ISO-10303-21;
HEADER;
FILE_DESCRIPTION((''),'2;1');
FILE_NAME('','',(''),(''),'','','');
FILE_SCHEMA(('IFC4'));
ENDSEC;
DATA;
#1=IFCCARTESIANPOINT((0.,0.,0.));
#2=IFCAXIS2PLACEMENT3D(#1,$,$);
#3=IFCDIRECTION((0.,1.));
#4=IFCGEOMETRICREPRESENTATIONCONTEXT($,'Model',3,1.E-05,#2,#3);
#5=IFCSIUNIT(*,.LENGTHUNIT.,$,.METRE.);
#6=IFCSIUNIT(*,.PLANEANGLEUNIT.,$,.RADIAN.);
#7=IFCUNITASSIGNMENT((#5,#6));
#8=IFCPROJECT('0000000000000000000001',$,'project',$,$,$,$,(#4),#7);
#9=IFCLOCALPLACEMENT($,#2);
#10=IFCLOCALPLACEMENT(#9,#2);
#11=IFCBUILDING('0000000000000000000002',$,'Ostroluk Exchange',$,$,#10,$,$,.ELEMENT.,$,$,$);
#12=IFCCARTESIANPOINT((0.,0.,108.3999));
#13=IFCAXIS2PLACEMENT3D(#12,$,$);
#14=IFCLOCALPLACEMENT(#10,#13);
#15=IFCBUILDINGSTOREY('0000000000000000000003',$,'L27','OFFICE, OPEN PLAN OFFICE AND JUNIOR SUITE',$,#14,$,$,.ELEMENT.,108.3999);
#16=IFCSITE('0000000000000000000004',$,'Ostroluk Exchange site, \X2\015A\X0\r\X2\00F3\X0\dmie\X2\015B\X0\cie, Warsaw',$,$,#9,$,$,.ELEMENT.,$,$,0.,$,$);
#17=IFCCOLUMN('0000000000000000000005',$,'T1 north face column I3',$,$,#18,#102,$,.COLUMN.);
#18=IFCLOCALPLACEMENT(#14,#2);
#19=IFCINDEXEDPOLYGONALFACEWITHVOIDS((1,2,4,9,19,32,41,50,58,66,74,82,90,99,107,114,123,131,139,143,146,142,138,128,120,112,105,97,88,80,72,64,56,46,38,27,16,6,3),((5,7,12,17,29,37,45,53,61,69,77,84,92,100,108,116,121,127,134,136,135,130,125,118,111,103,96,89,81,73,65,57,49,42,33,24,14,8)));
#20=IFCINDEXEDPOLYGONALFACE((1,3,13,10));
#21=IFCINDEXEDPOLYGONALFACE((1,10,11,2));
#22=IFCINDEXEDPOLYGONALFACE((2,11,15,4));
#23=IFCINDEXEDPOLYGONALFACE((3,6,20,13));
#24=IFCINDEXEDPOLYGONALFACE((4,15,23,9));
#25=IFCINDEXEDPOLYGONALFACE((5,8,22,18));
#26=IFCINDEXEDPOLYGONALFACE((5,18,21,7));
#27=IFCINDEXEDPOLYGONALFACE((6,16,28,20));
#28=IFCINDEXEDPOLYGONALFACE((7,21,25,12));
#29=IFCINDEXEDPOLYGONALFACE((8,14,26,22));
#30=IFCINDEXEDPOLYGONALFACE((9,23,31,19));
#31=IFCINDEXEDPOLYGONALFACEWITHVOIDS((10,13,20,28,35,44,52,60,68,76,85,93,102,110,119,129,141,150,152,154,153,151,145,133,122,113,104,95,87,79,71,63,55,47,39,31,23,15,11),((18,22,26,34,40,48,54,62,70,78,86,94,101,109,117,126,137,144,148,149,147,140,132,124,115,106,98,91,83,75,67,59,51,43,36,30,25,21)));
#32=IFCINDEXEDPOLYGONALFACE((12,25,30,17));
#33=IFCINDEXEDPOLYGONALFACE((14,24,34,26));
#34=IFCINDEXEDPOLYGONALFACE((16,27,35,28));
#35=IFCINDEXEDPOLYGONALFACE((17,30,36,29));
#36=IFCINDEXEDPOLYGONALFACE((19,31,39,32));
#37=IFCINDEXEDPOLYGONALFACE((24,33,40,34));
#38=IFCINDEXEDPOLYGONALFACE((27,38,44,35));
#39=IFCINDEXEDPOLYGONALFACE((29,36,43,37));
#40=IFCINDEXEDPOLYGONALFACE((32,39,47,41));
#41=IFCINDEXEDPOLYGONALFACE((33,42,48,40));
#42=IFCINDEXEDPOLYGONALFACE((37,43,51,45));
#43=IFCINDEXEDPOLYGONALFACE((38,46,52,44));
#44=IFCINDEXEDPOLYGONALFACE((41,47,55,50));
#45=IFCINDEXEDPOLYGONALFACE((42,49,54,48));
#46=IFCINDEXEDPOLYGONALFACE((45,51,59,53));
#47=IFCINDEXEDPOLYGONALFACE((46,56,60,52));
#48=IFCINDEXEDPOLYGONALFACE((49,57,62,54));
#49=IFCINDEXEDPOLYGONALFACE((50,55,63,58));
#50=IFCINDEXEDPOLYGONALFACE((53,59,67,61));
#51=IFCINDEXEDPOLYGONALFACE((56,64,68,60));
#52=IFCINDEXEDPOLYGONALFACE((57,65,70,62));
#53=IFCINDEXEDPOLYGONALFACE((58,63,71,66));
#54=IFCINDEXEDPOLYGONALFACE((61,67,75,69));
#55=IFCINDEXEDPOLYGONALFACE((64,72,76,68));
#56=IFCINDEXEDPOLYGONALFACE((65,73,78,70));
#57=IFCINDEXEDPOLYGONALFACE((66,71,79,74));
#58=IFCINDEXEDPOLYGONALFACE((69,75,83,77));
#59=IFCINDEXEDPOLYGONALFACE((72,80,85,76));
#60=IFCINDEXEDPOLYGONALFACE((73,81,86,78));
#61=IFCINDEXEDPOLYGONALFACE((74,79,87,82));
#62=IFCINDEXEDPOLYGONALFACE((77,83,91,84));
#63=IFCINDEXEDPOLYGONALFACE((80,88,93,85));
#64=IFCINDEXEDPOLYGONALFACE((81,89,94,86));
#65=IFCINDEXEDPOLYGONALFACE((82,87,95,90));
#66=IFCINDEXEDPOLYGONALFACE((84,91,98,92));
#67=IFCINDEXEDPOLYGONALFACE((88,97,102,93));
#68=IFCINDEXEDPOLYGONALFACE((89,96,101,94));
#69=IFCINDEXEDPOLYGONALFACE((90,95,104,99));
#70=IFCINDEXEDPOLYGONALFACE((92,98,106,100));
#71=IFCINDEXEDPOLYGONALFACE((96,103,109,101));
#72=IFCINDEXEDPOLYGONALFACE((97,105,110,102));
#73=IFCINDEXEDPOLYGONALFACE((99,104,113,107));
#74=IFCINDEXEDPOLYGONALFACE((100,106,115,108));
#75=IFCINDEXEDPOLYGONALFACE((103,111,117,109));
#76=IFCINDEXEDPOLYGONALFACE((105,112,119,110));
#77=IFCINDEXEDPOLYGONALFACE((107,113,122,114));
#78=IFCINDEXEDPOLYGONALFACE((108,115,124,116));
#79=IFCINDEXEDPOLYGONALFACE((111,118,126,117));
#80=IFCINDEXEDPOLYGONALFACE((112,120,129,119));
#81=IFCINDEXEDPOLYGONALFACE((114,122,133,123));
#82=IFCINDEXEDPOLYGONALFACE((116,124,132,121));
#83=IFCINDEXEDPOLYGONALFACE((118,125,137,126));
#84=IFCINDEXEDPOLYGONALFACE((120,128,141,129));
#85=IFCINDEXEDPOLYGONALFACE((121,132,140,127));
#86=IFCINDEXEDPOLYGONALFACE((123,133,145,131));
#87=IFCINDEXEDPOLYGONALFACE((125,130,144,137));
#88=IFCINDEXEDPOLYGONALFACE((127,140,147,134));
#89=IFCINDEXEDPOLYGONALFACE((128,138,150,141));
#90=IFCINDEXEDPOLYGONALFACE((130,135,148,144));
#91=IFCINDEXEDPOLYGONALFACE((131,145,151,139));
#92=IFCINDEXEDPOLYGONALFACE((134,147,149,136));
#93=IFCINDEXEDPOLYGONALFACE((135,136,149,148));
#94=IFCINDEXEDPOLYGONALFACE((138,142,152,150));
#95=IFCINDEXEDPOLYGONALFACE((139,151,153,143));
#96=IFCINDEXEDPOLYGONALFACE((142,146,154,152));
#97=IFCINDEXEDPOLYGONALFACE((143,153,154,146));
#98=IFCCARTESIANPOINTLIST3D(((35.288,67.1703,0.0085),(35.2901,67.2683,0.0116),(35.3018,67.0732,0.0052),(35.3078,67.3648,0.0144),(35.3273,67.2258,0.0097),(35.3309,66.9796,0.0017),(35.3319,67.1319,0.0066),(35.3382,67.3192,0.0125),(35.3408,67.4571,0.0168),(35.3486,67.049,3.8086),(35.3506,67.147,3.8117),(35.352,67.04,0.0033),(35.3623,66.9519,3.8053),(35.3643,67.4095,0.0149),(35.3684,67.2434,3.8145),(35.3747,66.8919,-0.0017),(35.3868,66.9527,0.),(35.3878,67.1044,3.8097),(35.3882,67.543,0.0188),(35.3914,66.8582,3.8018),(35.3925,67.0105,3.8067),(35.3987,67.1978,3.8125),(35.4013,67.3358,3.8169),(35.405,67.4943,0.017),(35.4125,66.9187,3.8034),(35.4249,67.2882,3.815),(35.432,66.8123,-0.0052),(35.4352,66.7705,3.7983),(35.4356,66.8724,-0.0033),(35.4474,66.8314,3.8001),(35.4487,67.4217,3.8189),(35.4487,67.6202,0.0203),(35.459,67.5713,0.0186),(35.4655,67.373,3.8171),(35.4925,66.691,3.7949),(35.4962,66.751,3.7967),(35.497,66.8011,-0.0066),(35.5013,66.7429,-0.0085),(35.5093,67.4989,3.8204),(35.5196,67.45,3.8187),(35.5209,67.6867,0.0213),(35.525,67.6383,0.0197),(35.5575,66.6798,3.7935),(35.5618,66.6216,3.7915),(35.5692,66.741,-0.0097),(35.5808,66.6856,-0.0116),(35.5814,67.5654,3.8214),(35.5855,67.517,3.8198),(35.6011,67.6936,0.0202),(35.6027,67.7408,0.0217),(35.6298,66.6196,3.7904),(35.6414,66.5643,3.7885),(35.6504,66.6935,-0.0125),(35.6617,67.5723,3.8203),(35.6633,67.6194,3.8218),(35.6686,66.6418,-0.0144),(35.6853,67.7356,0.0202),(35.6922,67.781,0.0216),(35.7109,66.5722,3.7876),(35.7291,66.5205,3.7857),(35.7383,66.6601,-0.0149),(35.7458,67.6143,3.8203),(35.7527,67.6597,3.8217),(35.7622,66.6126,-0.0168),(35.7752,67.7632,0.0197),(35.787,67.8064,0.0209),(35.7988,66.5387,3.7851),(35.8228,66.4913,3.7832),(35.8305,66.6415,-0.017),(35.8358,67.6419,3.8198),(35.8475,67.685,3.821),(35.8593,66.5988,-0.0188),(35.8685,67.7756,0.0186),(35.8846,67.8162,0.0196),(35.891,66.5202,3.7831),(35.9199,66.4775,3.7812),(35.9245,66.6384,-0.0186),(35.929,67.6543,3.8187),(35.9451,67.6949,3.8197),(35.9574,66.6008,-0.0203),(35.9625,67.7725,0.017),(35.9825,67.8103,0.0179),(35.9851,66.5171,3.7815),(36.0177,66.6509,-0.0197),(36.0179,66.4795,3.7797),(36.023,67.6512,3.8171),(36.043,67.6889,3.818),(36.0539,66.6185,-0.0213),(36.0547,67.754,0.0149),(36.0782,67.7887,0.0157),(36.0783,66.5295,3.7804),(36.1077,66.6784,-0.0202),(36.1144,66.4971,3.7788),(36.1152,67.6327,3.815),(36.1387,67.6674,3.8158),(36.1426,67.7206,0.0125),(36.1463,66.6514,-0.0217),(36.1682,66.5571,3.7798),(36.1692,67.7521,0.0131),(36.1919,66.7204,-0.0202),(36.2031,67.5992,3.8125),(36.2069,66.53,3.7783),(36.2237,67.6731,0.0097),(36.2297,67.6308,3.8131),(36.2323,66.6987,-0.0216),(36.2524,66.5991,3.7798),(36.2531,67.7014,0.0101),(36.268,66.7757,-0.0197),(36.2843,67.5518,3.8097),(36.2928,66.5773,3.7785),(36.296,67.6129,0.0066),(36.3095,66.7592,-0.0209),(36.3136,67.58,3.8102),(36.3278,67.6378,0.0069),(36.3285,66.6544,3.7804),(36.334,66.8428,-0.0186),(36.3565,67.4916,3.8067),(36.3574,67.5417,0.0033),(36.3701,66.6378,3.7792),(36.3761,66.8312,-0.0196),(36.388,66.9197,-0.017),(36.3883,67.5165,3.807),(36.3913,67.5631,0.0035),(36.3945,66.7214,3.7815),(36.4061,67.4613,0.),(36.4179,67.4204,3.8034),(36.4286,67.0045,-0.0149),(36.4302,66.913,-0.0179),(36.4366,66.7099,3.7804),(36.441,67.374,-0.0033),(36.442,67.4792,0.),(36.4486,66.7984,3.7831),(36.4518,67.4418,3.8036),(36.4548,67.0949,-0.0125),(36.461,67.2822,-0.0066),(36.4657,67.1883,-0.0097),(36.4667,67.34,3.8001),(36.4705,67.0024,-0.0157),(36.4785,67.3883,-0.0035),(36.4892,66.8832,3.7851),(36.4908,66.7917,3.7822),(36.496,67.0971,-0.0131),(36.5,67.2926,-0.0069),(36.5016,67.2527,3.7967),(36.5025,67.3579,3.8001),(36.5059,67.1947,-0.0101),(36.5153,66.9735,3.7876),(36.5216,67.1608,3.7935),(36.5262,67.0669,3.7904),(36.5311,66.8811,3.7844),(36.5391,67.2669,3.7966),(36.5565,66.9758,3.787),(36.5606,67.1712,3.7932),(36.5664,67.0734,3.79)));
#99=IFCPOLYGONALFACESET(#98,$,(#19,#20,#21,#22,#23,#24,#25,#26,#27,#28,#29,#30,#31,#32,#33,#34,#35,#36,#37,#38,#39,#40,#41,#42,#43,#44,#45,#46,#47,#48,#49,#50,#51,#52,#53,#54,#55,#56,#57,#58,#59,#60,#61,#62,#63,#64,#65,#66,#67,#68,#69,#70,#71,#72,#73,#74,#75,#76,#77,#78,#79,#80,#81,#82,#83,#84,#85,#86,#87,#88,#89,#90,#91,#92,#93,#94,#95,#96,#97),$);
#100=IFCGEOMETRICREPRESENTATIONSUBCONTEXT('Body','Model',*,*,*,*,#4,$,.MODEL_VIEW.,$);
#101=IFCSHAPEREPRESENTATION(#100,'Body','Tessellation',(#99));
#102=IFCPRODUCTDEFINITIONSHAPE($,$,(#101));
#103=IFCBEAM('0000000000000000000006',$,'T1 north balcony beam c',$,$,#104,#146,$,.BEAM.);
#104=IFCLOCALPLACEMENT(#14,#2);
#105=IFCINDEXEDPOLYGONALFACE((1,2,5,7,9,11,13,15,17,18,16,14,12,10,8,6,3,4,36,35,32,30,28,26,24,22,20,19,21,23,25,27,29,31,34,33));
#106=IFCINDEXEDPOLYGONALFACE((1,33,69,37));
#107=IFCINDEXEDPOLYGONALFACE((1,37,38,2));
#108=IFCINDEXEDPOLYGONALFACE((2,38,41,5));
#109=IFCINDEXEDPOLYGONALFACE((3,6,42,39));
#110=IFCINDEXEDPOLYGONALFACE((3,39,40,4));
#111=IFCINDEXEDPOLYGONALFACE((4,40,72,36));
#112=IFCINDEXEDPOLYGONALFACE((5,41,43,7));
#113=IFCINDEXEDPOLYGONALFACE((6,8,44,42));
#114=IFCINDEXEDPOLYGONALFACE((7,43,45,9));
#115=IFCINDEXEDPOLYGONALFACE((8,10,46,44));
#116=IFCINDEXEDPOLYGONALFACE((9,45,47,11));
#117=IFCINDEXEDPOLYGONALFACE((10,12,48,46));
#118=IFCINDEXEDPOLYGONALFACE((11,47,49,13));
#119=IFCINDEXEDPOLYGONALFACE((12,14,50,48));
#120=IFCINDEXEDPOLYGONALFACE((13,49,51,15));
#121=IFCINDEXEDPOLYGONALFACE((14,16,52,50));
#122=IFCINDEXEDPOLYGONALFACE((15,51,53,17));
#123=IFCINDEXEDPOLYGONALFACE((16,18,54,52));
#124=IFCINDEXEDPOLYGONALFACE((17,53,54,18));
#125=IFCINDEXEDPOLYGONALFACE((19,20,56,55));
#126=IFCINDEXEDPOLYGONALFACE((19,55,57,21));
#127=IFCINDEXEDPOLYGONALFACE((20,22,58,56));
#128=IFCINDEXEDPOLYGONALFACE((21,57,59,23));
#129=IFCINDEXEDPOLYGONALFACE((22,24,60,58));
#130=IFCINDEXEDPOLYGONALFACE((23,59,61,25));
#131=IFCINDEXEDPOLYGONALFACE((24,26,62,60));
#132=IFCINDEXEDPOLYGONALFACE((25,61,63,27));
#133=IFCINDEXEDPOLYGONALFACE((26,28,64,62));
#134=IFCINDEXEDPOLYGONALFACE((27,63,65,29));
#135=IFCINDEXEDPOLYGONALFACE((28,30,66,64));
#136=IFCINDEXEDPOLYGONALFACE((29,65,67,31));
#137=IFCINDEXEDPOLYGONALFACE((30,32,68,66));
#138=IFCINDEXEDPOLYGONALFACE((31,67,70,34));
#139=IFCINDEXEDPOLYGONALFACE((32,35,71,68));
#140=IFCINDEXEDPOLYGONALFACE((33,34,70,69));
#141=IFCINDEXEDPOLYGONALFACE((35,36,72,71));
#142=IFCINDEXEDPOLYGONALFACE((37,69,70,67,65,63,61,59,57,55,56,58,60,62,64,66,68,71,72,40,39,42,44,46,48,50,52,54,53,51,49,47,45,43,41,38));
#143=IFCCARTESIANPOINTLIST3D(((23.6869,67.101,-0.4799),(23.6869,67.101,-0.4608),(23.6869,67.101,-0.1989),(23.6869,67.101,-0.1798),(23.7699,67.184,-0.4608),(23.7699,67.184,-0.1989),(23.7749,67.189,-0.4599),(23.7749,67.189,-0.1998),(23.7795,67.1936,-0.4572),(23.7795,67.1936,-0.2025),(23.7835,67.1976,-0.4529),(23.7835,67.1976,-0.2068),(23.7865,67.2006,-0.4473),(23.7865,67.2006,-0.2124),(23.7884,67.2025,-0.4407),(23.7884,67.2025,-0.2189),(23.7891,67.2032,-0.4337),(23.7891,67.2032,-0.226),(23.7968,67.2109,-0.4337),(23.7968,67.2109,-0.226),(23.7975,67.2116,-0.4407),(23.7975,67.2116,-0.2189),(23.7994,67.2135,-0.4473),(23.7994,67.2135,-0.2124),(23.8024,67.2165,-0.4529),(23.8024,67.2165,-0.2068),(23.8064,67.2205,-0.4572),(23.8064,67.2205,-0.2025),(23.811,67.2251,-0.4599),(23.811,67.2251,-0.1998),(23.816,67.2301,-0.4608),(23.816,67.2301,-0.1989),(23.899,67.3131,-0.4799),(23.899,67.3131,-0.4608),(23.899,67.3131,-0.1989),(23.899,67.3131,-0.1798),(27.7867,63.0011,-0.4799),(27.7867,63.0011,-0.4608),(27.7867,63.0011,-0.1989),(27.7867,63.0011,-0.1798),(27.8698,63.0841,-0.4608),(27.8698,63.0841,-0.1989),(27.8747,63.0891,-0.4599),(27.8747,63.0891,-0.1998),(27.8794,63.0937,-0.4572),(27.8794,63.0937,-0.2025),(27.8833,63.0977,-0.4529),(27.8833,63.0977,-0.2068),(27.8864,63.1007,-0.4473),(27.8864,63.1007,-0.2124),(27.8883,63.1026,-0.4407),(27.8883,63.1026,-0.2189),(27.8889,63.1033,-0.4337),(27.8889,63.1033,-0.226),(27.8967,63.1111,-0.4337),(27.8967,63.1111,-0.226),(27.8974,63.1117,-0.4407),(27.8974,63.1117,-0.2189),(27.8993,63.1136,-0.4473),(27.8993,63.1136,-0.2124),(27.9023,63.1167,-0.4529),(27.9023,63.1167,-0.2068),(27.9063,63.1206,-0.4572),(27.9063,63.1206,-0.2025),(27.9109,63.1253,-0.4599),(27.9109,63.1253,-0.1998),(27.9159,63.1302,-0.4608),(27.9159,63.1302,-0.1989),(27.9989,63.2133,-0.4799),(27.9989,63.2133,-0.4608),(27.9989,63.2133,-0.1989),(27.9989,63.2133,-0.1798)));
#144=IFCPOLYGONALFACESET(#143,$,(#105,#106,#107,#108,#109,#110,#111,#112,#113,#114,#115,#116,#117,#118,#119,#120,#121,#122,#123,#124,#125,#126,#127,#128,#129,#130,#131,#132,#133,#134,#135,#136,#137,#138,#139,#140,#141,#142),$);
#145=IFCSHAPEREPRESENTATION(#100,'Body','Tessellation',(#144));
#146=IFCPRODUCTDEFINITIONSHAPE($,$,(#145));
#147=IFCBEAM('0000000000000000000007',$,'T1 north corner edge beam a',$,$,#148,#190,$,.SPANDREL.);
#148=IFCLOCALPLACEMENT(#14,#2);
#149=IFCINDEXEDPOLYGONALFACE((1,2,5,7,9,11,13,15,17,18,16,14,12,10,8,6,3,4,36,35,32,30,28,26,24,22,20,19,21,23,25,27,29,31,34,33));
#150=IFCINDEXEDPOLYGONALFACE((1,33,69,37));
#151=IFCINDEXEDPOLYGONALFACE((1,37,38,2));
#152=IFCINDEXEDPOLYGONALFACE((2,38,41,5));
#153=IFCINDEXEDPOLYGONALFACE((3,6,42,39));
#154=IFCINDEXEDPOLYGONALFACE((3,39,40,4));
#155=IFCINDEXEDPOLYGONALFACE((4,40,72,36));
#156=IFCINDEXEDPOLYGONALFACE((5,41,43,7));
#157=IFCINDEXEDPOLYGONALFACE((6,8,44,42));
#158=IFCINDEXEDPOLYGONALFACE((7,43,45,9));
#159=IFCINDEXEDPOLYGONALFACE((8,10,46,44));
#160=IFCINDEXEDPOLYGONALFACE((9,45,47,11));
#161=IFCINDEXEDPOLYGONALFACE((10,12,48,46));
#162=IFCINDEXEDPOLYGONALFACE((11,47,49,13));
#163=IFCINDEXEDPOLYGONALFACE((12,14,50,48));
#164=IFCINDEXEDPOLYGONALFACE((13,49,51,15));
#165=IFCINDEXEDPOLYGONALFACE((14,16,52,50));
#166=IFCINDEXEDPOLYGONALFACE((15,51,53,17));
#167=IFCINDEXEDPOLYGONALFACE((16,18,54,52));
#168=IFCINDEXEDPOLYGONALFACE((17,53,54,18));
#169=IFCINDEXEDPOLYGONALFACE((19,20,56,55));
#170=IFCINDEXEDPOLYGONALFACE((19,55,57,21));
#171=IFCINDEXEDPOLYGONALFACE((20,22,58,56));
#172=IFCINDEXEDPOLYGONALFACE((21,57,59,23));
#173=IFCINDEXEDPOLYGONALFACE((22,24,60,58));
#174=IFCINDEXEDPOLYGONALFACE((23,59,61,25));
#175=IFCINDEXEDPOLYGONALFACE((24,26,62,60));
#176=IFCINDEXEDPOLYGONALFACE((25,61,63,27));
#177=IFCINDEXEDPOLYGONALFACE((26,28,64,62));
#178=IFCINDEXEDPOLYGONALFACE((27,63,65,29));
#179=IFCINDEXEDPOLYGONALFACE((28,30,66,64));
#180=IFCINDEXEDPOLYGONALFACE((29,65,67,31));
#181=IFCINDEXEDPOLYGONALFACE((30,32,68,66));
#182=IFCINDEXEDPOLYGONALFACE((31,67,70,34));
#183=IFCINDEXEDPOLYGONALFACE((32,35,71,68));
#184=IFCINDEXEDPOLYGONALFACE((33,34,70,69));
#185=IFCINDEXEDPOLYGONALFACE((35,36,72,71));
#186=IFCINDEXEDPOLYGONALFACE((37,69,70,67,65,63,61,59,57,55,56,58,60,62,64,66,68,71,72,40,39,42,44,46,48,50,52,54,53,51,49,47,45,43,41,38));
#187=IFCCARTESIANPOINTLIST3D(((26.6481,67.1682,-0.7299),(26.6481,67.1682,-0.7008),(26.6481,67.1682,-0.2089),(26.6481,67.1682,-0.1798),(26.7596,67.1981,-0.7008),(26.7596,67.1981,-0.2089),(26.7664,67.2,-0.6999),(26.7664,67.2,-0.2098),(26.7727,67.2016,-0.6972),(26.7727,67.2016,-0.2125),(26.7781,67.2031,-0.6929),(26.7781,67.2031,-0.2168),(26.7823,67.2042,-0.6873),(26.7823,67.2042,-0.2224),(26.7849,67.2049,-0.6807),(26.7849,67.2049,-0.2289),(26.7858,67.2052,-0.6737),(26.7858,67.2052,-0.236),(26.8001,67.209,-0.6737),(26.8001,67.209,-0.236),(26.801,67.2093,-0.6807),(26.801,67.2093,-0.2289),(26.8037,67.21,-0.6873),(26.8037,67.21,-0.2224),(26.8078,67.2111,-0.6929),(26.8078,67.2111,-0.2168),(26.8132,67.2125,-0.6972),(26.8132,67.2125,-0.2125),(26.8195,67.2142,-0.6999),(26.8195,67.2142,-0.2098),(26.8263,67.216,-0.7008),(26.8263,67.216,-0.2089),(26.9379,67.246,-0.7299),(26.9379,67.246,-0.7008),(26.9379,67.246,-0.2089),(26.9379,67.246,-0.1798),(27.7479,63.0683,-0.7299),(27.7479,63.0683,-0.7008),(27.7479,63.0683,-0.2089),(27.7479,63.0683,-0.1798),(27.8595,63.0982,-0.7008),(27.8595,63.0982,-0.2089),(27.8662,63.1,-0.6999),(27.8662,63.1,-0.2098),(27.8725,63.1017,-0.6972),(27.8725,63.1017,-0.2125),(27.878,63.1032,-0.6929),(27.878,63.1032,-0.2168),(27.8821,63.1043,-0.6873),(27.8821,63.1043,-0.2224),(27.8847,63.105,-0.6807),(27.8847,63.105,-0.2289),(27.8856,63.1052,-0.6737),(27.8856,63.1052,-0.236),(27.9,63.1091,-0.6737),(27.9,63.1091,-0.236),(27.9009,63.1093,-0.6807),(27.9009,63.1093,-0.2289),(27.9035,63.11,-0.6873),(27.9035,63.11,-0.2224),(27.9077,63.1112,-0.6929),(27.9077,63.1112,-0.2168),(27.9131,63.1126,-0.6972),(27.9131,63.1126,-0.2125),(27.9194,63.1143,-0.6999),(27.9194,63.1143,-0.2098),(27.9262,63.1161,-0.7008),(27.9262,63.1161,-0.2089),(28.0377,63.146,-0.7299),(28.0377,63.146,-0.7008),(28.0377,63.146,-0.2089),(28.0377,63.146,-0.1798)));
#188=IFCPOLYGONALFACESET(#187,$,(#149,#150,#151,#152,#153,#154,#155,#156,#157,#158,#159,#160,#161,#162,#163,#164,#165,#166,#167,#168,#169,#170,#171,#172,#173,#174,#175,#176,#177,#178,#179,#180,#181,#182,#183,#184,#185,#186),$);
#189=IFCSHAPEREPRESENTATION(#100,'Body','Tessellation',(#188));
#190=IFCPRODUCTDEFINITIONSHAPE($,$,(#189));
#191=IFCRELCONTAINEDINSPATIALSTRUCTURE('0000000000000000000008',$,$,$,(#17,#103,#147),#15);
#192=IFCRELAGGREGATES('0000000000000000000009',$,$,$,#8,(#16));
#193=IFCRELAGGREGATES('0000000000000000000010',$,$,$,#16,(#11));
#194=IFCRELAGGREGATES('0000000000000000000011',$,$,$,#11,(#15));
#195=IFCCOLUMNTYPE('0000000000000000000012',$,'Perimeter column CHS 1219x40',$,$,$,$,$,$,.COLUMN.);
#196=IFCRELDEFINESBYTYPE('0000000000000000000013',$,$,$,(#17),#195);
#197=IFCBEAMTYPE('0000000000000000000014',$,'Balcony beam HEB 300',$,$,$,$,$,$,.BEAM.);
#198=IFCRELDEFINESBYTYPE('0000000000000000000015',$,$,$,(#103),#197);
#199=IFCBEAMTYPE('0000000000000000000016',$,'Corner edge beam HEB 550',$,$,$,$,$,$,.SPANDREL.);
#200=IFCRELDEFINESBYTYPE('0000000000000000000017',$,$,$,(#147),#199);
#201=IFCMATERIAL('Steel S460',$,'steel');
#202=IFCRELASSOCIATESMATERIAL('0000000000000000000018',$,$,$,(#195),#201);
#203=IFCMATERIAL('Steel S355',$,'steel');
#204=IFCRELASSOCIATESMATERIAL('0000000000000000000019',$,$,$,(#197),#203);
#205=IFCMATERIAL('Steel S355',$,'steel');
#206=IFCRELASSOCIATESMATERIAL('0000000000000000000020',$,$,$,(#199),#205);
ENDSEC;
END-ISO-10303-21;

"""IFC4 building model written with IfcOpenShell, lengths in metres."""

from ifc_helpers import new_model, si_unit, direction, frame, origin, origin_2d, place, context, subcontext, project, spatial, hollow_circle, i_section, extrude, material, material_profile, profile_set, type_object, element, save


model = new_model("IFC4")

# Units and contexts
model_context = context("Model", 3, precision=1e-05, world=origin(), true_north=direction((0.0, 1.0)))
body_context = subcontext(model_context, "Body", "Model", "MODEL_VIEW")
ifc_project = project(units=[si_unit("LENGTHUNIT", "METRE"), si_unit("PLANEANGLEUNIT", "RADIAN")], contexts=[model_context])

# Site, building, storey
site_placement = place(None, origin())
site = spatial("IfcSite", under=ifc_project, at=site_placement, Name="Ostroluk Exchange site, Śródmieście, Warsaw", CompositionType="ELEMENT", RefElevation=0.0)
building_placement = place(site_placement, origin())
building = spatial("IfcBuilding", under=site, at=building_placement, Name="Ostroluk Exchange", CompositionType="ELEMENT")
storey_placement = place(building_placement, frame((0.0, 0.0, 108.3999)))
storey = spatial("IfcBuildingStorey", under=building, at=storey_placement, Name="L27", Description="OFFICE, OPEN PLAN OFFICE AND JUNIOR SUITE", CompositionType="ELEMENT", Elevation=108.3999)

# Column
ifc_material_1 = material(Name="Steel S460", Category="steel")
ifc_material_profile_1 = material_profile(ifc_material_1, hollow_circle(Radius=0.6096, WallThickness=0.04, at=origin_2d()), Name="CHS 1219x40")
ifc_profile_set_1 = profile_set([ifc_material_profile_1], Name="Steel S460")
column_type = type_object("IfcColumnType", Name="Perimeter column CHS 1219x40", PredefinedType="COLUMN", material=ifc_profile_set_1)
column_placement = place(storey_placement, frame((35.8965, 67.207, 0.0), z_axis=(0.015923, -0.03191, 0.999364), x_axis=(0.894787, 0.446493, 0.0)))
element("IfcColumn", 1, at=column_placement, inside=storey, type_object=column_type, Name="T1 north face column I3", PredefinedType="COLUMN", context=body_context, shape_type="SweptSolid", body=[
    extrude(hollow_circle(Radius=0.6096, WallThickness=0.04, at=origin_2d()), origin(), (0.0, 0.0, 1.0), 3.8025),
])

# Beams
ifc_material_2 = material(Name="Steel S355", Category="steel")
ifc_material_profile_2 = material_profile(ifc_material_2, i_section(OverallWidth=0.3, OverallDepth=0.3, WebThickness=0.011, FlangeThickness=0.019, FilletRadius=0.0271, at=origin_2d()), Name="HEB 300")
ifc_profile_set_2 = profile_set([ifc_material_profile_2], Name="Steel S355")
beam_type_1 = type_object("IfcBeamType", Name="Balcony beam HEB 300", PredefinedType="BEAM", material=ifc_profile_set_2)
beam_1_placement = place(storey_placement, frame((27.8928, 63.1072, -0.3298), z_axis=(-0.707107, 0.707107, 0.0), x_axis=(-0.707107, -0.707107, 0.0)))
element("IfcBeam", 2, at=beam_1_placement, inside=storey, type_object=beam_type_1, Name="T1 north balcony beam c", PredefinedType="BEAM", context=body_context, shape_type="SweptSolid", body=[
    extrude(i_section(OverallWidth=0.3, OverallDepth=0.3, WebThickness=0.011, FlangeThickness=0.019, FilletRadius=0.0271, at=origin_2d()), origin(), (0.0, 0.0, 1.0), 5.7981),
])
ifc_material_3 = material(Name="Steel S355", Category="steel")
ifc_material_profile_3 = material_profile(ifc_material_3, i_section(OverallWidth=0.3, OverallDepth=0.55, WebThickness=0.0149, FlangeThickness=0.0291, FilletRadius=0.0271, at=origin_2d()), Name="HEB 550")
ifc_profile_set_3 = profile_set([ifc_material_profile_3], Name="Steel S355")
beam_type_2 = type_object("IfcBeamType", Name="Corner edge beam HEB 550", PredefinedType="SPANDREL", material=ifc_profile_set_3)
for number, where, z_axis, x_axis, name in (
    (3, (27.8928, 63.1072, -0.4548), (-0.259105, 0.965849, 0.0), (-0.965849, -0.259105, 0.0), "T1 north corner edge beam a"),
):
    element("IfcBeam", number, at=place(storey_placement, frame(where, z_axis=z_axis, x_axis=x_axis)), inside=storey, type_object=beam_type_2, Name=name, PredefinedType="SPANDREL", context=body_context, shape_type="SweptSolid", body=[
        extrude(i_section(OverallWidth=0.3, OverallDepth=0.55, WebThickness=0.0149, FlangeThickness=0.0291, FilletRadius=0.0271, at=origin_2d()), origin(), (0.0, 0.0, 1.0), 4.2449),
    ])

save(model, "model.ifc")
